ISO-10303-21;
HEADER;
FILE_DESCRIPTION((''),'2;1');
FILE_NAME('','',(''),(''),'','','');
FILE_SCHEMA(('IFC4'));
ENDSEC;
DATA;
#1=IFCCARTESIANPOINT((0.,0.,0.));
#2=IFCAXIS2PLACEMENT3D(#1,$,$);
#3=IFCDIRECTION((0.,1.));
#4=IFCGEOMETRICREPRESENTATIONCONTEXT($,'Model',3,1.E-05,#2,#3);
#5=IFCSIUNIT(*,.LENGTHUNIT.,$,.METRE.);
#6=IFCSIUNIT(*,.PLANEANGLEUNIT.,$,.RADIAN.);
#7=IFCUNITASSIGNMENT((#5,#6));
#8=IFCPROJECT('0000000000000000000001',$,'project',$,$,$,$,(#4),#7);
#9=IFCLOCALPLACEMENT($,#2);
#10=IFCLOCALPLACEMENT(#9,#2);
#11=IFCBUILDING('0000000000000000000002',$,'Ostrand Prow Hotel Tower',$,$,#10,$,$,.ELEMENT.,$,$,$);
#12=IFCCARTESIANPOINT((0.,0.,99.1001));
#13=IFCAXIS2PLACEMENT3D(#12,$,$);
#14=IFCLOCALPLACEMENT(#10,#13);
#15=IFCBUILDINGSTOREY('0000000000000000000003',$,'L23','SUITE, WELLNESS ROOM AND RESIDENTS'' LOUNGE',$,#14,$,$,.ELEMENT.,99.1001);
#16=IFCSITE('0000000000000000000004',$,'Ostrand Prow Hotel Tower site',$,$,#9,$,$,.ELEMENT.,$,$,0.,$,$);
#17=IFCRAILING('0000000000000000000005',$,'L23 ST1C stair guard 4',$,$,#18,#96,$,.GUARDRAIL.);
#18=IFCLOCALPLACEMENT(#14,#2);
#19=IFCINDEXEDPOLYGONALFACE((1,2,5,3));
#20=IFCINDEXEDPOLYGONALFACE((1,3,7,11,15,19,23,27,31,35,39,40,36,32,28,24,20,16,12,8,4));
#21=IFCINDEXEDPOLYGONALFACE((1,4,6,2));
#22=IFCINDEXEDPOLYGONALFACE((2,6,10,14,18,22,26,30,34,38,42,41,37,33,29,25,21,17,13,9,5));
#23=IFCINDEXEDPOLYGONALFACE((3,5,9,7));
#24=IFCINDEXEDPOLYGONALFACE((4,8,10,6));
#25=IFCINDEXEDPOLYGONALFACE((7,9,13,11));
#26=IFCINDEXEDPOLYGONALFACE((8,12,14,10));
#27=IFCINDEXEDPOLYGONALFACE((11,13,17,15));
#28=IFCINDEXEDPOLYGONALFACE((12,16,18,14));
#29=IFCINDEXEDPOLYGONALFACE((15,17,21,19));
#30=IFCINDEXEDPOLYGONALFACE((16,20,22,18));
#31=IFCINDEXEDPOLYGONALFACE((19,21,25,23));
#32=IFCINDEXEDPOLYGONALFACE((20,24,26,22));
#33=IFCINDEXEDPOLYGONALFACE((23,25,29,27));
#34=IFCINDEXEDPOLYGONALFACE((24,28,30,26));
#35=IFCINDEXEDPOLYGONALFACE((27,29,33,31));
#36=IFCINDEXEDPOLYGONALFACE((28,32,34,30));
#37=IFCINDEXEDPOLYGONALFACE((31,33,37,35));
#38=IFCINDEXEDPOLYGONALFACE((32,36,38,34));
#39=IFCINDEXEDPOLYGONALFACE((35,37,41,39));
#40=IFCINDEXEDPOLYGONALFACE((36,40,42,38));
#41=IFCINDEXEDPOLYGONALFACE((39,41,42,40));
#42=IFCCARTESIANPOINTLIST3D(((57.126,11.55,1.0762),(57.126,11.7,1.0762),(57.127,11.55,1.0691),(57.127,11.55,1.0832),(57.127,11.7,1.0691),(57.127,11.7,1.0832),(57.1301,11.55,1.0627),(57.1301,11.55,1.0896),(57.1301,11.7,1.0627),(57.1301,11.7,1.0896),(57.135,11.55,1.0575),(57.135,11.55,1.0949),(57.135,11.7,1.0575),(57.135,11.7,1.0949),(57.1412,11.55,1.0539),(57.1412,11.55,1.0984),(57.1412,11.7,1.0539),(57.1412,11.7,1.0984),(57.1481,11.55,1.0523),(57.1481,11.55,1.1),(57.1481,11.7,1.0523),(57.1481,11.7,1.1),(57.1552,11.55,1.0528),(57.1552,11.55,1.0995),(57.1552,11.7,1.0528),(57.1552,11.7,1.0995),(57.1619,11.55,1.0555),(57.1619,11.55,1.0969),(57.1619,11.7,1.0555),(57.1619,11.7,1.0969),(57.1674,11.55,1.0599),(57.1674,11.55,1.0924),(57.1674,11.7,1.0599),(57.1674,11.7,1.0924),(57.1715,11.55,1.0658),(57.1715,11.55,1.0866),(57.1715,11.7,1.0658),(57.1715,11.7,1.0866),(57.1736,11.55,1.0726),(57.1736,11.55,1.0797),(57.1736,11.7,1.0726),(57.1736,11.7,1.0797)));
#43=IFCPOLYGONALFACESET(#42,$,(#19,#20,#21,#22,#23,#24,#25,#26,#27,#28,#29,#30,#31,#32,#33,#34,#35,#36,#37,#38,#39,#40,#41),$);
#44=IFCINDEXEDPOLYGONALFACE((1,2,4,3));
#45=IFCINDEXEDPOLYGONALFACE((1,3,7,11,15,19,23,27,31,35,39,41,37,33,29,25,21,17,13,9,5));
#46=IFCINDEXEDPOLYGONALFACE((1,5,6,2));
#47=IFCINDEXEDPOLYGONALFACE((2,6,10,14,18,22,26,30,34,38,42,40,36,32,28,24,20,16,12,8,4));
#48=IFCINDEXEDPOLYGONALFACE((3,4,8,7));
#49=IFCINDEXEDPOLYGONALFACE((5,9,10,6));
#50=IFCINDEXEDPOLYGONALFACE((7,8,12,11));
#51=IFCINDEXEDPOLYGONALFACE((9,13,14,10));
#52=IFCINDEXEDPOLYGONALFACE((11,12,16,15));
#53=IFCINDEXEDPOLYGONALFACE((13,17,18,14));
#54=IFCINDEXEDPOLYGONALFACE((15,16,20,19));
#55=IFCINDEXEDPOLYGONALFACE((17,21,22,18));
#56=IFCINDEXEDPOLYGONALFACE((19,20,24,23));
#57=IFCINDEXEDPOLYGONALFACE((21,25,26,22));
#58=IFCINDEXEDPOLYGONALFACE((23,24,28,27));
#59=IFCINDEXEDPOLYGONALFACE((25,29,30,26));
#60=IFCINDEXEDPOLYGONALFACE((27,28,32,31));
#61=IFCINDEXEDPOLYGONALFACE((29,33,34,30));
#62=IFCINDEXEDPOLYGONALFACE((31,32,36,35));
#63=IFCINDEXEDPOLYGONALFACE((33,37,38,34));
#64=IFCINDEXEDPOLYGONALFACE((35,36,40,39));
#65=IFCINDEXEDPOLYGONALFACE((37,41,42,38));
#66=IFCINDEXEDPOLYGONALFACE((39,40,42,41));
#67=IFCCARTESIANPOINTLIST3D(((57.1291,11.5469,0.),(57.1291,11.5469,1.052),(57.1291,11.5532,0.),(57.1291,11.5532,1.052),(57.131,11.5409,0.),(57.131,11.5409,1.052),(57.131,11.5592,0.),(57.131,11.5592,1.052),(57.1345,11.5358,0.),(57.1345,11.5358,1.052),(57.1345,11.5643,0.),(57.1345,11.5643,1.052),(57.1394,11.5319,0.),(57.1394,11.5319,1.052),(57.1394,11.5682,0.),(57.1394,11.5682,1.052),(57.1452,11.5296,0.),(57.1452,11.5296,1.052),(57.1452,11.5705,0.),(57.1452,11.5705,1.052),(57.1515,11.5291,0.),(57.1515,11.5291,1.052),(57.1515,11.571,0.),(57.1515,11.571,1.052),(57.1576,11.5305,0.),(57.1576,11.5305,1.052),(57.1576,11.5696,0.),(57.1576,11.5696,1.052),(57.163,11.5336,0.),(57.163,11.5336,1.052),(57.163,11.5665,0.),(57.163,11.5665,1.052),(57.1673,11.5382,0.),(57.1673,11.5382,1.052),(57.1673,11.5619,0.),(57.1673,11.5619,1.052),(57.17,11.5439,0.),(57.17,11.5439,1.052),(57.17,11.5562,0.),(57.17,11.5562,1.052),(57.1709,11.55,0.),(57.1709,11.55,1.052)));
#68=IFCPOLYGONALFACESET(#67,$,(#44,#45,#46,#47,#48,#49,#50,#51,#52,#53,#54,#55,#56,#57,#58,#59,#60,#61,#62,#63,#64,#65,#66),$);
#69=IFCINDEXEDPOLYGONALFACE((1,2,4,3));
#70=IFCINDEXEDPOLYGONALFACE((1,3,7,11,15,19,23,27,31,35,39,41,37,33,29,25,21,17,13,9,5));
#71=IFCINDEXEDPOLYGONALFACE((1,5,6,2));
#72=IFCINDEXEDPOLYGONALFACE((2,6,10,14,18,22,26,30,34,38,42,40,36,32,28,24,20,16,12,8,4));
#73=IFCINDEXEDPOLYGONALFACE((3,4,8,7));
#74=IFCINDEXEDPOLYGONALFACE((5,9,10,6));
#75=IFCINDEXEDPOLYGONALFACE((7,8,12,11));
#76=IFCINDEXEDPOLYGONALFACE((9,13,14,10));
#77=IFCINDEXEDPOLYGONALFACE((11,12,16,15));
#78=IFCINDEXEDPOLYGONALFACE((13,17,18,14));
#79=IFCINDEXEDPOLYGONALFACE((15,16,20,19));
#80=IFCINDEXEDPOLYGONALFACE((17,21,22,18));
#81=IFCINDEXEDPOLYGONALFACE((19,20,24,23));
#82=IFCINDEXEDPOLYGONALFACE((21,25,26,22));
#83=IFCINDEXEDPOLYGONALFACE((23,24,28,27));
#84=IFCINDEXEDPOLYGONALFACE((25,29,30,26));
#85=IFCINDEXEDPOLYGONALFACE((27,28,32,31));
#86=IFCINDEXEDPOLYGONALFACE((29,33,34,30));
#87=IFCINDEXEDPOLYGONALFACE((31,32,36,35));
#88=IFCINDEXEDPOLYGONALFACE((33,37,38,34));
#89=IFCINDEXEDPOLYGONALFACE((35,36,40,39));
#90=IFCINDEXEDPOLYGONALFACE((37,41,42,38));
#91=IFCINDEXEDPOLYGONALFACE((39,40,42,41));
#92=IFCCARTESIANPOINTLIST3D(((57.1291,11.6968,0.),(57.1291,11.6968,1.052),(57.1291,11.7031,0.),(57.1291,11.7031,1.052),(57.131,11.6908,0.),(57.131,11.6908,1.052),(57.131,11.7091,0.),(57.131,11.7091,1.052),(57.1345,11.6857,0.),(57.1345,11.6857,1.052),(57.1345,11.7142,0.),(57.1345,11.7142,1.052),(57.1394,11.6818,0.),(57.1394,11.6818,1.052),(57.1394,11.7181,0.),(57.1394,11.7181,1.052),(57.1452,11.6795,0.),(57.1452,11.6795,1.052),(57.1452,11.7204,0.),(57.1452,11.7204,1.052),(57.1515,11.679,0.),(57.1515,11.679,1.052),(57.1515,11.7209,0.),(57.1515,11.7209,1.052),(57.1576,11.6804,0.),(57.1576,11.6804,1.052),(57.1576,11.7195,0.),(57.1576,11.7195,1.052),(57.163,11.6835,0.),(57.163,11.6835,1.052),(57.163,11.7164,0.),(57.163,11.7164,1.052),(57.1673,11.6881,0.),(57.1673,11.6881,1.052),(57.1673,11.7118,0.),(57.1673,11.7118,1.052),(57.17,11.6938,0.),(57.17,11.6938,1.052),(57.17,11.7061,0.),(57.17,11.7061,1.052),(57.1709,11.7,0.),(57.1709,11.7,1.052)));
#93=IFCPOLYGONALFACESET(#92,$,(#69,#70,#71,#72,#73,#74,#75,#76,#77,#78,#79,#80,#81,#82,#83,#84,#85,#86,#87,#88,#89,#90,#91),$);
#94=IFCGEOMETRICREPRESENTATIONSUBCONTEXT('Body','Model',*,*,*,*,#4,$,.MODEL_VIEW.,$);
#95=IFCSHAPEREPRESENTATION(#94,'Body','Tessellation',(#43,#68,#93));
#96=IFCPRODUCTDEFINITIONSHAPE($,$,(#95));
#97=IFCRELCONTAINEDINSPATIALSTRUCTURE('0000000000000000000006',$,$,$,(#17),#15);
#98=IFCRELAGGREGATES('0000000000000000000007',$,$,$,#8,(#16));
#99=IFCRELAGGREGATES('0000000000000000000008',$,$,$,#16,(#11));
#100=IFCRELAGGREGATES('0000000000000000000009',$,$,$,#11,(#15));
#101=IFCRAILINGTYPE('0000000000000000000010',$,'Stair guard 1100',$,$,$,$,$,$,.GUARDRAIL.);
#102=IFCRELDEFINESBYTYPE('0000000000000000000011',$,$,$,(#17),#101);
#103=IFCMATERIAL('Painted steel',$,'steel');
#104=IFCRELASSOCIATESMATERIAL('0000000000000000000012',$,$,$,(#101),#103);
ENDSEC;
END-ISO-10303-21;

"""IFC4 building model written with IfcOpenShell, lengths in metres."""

from ifc_helpers import new_model, si_unit, direction, frame, origin, origin_2d, place, context, subcontext, project, spatial, circle, extrude, material, type_object, element, save


model = new_model("IFC4")

# Units and contexts
model_context = context("Model", 3, precision=1e-05, world=origin(), true_north=direction((0.0, 1.0)))
body_context = subcontext(model_context, "Body", "Model", "MODEL_VIEW")
ifc_project = project(units=[si_unit("LENGTHUNIT", "METRE"), si_unit("PLANEANGLEUNIT", "RADIAN")], contexts=[model_context])

# Site, building, storey
site_placement = place(None, origin())
site = spatial("IfcSite", under=ifc_project, at=site_placement, Name="Ostrand Prow Hotel Tower site", CompositionType="ELEMENT", RefElevation=0.0)
building_placement = place(site_placement, origin())
building = spatial("IfcBuilding", under=site, at=building_placement, Name="Ostrand Prow Hotel Tower", CompositionType="ELEMENT")
storey_placement = place(building_placement, frame((0.0, 0.0, 99.1001)))
storey = spatial("IfcBuildingStorey", under=building, at=storey_placement, Name="L23", Description="SUITE, WELLNESS ROOM AND RESIDENTS' LOUNGE", CompositionType="ELEMENT", Elevation=99.1001)

# Railing
ifc_material_1 = material(Name="Painted steel", Category="steel")
railing_type_1 = type_object("IfcRailingType", Name="Stair guard 1100", PredefinedType="GUARDRAIL", material=ifc_material_1)
railing_1_placement = place(storey_placement, frame((57.1499, 11.55, 0.0)))
element("IfcRailing", 1, at=railing_1_placement, inside=storey, type_object=railing_type_1, Name="L23 ST1C stair guard 4", PredefinedType="GUARDRAIL", context=body_context, shape_type="SweptSolid", body=[
    extrude(circle(Radius=0.0239, at=origin_2d()), frame((0.0, 0.0, 1.0762), z_axis=(0.0, 1.0, 0.0), x_axis=(-1.0, 0.0, 0.0)), (0.0, 0.0, 1.0), 0.1499),
    extrude(circle(Radius=0.021, at=origin_2d()), origin(), (0.0, 0.0, 1.0), 1.052),
    extrude(circle(Radius=0.021, at=origin_2d()), frame((0.0, 0.1499, 0.0)), (0.0, 0.0, 1.0), 1.052),
])

save(model, "model.ifc")
